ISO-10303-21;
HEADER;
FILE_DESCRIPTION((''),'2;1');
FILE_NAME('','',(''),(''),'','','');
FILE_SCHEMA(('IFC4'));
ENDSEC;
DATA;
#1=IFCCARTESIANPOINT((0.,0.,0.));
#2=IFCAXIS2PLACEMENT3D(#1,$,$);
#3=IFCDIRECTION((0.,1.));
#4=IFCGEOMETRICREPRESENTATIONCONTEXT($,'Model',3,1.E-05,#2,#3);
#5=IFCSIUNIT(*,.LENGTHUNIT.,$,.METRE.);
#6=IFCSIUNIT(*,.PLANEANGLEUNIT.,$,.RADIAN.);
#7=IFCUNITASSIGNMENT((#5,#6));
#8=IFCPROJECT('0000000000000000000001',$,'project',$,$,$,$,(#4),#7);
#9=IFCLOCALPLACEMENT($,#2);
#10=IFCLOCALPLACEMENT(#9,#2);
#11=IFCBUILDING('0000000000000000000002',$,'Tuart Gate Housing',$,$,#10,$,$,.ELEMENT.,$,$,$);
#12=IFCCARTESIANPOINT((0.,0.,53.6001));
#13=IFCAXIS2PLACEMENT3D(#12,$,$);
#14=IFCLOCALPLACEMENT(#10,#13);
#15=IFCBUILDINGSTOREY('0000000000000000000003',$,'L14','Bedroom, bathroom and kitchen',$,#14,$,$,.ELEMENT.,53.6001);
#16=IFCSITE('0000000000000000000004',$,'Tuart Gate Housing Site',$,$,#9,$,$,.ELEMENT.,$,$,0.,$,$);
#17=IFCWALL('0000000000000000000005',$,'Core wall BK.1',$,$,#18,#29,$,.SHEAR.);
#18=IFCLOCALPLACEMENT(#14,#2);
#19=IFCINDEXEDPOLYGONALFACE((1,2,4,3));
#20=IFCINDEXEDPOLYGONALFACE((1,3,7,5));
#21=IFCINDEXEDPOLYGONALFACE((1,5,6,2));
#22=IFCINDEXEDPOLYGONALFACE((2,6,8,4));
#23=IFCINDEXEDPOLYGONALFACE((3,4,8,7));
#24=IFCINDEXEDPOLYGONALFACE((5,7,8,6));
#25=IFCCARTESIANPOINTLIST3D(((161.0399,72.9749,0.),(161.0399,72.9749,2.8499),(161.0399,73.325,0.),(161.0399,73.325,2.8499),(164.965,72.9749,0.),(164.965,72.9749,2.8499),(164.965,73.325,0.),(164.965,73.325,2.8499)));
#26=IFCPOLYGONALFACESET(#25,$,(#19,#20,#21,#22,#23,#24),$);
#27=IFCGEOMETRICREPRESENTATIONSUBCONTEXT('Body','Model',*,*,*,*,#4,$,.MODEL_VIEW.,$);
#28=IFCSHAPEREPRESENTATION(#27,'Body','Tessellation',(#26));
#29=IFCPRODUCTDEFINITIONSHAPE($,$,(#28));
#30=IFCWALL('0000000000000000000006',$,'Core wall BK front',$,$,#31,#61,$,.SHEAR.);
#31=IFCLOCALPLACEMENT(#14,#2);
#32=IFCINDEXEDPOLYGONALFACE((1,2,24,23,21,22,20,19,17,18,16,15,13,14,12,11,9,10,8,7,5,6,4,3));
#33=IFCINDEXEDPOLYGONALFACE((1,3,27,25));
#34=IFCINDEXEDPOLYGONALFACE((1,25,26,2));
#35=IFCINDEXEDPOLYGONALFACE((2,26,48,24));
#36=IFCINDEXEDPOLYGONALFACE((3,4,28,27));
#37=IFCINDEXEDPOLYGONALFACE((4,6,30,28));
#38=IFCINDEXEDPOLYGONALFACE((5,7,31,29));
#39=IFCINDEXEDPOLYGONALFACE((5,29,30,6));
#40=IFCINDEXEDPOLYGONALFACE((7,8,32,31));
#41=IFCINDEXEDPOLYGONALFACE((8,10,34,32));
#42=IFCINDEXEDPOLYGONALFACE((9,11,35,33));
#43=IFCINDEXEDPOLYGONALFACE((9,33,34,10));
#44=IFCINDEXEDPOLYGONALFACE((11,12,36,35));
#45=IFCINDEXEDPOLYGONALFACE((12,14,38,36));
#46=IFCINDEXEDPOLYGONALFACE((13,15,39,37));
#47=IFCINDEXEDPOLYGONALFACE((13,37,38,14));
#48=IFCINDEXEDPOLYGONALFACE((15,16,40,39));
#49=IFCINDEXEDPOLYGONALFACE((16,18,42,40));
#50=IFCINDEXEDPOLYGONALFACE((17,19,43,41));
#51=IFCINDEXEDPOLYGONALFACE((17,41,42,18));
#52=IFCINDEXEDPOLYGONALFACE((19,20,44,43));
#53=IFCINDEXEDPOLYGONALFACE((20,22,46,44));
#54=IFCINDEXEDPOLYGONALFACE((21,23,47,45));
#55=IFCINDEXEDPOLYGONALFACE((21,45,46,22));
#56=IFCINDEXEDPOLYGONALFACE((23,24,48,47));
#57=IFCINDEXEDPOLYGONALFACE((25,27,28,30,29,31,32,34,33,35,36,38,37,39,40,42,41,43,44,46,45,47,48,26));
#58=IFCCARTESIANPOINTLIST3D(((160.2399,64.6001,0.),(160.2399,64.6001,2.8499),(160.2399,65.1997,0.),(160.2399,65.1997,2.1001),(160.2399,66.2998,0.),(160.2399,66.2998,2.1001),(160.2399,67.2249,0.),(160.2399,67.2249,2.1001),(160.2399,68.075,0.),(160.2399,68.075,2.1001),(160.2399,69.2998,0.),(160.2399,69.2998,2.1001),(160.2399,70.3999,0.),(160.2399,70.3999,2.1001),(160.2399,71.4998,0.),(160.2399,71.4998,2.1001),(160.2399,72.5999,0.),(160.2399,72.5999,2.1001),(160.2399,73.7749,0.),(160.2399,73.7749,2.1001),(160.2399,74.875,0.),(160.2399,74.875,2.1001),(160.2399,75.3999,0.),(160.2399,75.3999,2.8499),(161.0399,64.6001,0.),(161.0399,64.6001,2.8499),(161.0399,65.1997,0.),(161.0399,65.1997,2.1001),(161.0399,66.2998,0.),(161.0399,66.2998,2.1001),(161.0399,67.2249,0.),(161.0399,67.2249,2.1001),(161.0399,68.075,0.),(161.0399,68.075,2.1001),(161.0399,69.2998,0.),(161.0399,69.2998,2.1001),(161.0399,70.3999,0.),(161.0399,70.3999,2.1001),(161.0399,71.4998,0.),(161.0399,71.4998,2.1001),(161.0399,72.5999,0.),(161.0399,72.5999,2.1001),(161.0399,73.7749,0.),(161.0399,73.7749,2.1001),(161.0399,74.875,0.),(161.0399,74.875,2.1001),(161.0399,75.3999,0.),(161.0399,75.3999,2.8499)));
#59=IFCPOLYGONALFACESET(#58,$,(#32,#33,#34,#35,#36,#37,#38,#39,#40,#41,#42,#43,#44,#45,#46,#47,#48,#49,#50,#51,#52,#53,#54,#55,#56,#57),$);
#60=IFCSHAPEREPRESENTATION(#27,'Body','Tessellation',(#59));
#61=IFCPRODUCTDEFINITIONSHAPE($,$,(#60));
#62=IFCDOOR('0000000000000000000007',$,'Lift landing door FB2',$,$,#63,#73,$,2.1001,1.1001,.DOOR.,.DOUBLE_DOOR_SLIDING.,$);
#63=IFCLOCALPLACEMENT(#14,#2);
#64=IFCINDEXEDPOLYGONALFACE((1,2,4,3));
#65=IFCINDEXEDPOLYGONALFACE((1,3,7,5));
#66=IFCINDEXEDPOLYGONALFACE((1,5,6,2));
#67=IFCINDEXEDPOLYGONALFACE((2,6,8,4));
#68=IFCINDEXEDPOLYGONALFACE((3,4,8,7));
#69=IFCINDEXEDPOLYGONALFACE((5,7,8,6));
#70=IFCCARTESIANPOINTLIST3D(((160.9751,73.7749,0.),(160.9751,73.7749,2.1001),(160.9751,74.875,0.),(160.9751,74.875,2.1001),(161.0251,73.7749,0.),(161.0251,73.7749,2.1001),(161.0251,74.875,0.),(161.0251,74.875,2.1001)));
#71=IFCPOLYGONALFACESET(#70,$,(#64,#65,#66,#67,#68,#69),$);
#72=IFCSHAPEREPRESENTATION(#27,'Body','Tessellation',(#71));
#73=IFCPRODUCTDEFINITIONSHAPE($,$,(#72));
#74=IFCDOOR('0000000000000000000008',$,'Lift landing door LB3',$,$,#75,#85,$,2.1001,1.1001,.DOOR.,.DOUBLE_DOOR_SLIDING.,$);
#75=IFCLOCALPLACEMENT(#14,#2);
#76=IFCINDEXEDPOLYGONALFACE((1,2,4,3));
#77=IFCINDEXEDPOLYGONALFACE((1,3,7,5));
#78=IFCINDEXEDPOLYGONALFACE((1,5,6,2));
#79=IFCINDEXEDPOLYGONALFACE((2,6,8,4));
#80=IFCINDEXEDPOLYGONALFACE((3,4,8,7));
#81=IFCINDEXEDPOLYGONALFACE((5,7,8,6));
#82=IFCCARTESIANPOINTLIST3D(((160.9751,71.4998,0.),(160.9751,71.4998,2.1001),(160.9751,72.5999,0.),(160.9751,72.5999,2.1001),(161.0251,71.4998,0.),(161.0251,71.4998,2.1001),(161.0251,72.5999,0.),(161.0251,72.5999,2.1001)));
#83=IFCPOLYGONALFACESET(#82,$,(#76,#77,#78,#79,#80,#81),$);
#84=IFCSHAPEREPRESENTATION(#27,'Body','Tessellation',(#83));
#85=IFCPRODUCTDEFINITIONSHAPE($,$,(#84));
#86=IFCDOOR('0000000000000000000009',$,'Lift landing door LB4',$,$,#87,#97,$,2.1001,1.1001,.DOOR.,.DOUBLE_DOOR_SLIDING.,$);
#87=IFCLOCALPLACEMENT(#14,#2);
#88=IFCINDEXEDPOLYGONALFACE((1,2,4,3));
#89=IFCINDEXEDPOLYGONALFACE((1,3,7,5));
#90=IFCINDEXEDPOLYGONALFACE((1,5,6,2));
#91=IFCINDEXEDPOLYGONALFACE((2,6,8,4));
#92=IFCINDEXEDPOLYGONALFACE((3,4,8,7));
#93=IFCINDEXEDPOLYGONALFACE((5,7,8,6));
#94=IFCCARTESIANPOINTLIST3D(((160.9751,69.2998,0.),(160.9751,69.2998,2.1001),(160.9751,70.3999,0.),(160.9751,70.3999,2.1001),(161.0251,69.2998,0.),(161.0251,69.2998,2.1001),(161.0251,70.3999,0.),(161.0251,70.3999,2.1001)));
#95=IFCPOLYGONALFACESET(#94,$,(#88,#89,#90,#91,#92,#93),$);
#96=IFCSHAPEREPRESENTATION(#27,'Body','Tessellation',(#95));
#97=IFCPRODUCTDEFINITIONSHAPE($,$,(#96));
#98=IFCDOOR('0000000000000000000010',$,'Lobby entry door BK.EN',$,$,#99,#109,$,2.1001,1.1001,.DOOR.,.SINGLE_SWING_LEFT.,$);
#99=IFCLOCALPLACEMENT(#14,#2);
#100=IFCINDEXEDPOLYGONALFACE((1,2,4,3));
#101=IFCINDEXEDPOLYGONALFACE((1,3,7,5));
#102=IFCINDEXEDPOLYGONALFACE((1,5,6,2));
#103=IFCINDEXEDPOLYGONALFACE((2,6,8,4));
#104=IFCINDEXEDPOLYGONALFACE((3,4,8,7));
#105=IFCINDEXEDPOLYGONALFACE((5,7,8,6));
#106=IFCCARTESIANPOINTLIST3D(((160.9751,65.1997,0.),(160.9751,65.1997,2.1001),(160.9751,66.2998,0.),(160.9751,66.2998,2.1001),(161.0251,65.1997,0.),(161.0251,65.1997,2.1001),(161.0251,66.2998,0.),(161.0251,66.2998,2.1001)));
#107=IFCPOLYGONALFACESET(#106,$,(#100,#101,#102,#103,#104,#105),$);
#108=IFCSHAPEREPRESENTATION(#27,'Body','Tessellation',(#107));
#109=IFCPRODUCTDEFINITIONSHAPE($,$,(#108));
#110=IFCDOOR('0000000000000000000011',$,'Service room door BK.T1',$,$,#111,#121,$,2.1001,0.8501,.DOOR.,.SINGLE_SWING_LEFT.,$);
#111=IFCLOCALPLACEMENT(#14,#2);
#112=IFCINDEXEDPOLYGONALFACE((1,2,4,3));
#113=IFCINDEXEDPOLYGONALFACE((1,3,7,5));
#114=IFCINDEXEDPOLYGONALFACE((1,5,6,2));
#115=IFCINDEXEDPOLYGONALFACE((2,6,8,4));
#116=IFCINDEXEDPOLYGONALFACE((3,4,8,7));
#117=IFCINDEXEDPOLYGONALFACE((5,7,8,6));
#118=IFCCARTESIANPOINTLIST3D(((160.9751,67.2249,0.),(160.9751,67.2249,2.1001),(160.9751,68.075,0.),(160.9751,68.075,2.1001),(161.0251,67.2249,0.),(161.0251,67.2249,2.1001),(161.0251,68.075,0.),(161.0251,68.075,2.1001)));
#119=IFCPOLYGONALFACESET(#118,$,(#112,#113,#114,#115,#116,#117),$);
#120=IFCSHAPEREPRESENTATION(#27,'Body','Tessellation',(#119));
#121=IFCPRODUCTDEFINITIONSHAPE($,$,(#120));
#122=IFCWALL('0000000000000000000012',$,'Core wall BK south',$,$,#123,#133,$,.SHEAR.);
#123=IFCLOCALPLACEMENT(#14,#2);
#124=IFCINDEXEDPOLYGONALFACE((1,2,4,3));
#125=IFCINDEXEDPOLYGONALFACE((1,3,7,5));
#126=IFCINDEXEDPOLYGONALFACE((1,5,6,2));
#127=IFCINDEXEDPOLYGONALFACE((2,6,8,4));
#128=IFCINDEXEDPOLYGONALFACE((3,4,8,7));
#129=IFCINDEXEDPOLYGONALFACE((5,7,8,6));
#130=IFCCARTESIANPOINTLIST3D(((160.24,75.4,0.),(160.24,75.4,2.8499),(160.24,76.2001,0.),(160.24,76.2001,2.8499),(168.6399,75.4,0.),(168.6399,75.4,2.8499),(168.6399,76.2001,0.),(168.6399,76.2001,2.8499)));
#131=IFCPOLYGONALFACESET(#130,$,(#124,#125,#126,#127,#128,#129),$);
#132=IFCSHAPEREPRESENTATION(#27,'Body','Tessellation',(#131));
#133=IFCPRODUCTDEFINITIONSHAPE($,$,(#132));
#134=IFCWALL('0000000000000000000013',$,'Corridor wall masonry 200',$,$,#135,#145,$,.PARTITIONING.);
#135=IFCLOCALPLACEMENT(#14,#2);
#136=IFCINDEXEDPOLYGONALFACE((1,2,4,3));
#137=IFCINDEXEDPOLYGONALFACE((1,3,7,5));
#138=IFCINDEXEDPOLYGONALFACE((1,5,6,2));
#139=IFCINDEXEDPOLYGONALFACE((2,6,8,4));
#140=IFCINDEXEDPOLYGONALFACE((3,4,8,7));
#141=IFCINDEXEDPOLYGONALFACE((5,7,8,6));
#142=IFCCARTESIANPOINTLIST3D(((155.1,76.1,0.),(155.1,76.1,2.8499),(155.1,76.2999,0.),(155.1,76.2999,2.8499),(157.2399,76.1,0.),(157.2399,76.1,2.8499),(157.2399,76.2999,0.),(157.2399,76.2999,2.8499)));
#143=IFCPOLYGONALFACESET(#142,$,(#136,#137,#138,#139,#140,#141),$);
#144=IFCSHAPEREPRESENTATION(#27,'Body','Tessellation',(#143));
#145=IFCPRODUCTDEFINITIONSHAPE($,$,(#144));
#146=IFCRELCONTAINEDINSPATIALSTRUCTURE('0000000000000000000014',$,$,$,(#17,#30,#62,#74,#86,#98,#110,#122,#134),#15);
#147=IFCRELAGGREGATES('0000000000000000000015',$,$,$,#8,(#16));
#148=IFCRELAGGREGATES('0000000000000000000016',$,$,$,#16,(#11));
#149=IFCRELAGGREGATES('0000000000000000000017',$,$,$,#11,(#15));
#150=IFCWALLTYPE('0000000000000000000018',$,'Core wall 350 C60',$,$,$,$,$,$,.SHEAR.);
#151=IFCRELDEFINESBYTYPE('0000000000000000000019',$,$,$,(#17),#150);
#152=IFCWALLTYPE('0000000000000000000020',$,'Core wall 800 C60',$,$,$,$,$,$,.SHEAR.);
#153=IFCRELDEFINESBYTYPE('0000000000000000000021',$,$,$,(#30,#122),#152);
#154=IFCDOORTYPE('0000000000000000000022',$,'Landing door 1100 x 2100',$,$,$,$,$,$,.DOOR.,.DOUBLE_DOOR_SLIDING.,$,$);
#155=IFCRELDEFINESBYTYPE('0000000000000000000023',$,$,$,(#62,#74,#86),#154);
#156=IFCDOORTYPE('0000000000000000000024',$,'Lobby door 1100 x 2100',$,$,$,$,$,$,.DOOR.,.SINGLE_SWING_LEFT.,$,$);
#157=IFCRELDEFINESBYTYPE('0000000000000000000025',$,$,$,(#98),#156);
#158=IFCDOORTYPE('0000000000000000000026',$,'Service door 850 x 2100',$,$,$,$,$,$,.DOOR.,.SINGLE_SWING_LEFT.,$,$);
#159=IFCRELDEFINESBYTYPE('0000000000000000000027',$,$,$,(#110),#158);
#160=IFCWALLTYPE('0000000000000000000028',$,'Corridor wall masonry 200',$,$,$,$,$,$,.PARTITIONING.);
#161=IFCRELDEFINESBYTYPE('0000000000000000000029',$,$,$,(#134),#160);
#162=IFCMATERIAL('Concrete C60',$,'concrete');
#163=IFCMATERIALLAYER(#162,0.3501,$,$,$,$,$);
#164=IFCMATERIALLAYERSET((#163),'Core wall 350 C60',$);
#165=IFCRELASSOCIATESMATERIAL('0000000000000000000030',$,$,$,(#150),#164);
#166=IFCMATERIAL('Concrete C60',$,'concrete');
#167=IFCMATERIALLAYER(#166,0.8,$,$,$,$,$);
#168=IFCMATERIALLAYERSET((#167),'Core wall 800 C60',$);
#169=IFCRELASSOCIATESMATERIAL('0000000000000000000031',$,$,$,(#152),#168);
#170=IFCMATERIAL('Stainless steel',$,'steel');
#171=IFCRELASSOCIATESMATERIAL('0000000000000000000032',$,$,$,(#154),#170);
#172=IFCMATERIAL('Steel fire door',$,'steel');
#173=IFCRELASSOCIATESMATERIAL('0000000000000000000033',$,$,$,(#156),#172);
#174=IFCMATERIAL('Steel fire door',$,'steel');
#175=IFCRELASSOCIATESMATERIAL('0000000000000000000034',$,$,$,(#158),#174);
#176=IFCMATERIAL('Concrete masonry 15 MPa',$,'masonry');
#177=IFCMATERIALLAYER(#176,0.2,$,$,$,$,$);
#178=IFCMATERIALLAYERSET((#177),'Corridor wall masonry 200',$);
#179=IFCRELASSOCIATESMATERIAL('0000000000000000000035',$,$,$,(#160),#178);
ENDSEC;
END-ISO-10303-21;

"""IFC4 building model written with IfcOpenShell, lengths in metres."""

from ifc_helpers import new_model, si_unit, direction, frame, frame_2d, origin, place, context, subcontext, project, spatial, rectangle, extrude, material, layer, layer_set, type_object, element, fill, save


model = new_model("IFC4")

# Units and contexts
model_context = context("Model", 3, precision=1e-05, world=origin(), true_north=direction((0.0, 1.0)))
body_context = subcontext(model_context, "Body", "Model", "MODEL_VIEW")
ifc_project = project(units=[si_unit("LENGTHUNIT", "METRE"), si_unit("PLANEANGLEUNIT", "RADIAN")], contexts=[model_context])

# Site, building, storey
site_placement = place(None, origin())
site = spatial("IfcSite", under=ifc_project, at=site_placement, Name="Tuart Gate Housing Site", CompositionType="ELEMENT", RefElevation=0.0)
building_placement = place(site_placement, origin())
building = spatial("IfcBuilding", under=site, at=building_placement, Name="Tuart Gate Housing", CompositionType="ELEMENT")
storey_placement = place(building_placement, frame((0.0, 0.0, 53.6001)))
storey = spatial("IfcBuildingStorey", under=building, at=storey_placement, Name="L14", Description="Bedroom, bathroom and kitchen", CompositionType="ELEMENT", Elevation=53.6001)

# Wall
ifc_material_1 = material(Name="Concrete C60", Category="concrete")
ifc_layer_1 = layer(ifc_material_1, 0.3501)
ifc_layer_set_1 = layer_set([ifc_layer_1], Name="Core wall 350 C60")
wall_type_1 = type_object("IfcWallType", Name="Core wall 350 C60", PredefinedType="SHEAR", material=ifc_layer_set_1)
wall_1_placement = place(storey_placement, frame((161.04, 73.1499, 0.0), z_axis=(0.0, 0.0, 1.0), x_axis=(1.0, 0.0, 0.0)))
element("IfcWall", 1, at=wall_1_placement, inside=storey, type_object=wall_type_1, Name="Core wall BK.1", PredefinedType="SHEAR", context=body_context, shape_type="SweptSolid", body=[
    extrude(rectangle(XDim=3.925, YDim=0.3501, at=frame_2d((1.9624, 0.0))), origin(), (0.0, 0.0, 1.0), 2.8499),
])

# Wall, openings, doors
ifc_material_2 = material(Name="Concrete C60", Category="concrete")
ifc_layer_2 = layer(ifc_material_2, 0.8)
ifc_layer_set_2 = layer_set([ifc_layer_2], Name="Core wall 800 C60")
wall_type_2 = type_object("IfcWallType", Name="Core wall 800 C60", PredefinedType="SHEAR", material=ifc_layer_set_2)
wall_2_placement = place(storey_placement, frame((160.6399, 75.3999, 0.0), z_axis=(0.0, 0.0, 1.0), x_axis=(0.0, -1.0, 0.0)))
wall_2 = element("IfcWall", 2, at=wall_2_placement, inside=storey, type_object=wall_type_2, Name="Core wall BK front", PredefinedType="SHEAR", context=body_context, shape_type="SweptSolid", body=[
    extrude(rectangle(XDim=10.7998, YDim=0.8, at=frame_2d((5.3999, 0.0))), origin(), (0.0, 0.0, 1.0), 2.8499),
])
opening_1_placement = place(wall_2_placement, frame((0.5249, 0.0, 0.0)))
opening_1 = element("IfcOpeningElement", 3, at=opening_1_placement, cuts=wall_2, PredefinedType="OPENING", context=body_context, shape_type="SweptSolid", body=[
    extrude(rectangle(XDim=1.1001, YDim=2.1001, at=frame_2d((0.55, 1.05))), frame((0.0, 0.4099, 0.0), z_axis=(0.0, -1.0, 0.0), x_axis=(1.0, 0.0, 0.0)), (0.0, 0.0, 1.0), 0.8201),
])
opening_2_placement = place(wall_2_placement, frame((2.8, 0.0, 0.0)))
opening_2 = element("IfcOpeningElement", 4, at=opening_2_placement, cuts=wall_2, PredefinedType="OPENING", context=body_context, shape_type="SweptSolid", body=[
    extrude(rectangle(XDim=1.1001, YDim=2.1001, at=frame_2d((0.55, 1.05))), frame((0.0, 0.4099, 0.0), z_axis=(0.0, -1.0, 0.0), x_axis=(1.0, 0.0, 0.0)), (0.0, 0.0, 1.0), 0.8201),
])
opening_3_placement = place(wall_2_placement, frame((5.0, 0.0, 0.0)))
opening_3 = element("IfcOpeningElement", 5, at=opening_3_placement, cuts=wall_2, PredefinedType="OPENING", context=body_context, shape_type="SweptSolid", body=[
    extrude(rectangle(XDim=1.1001, YDim=2.1001, at=frame_2d((0.55, 1.05))), frame((0.0, 0.4099, 0.0), z_axis=(0.0, -1.0, 0.0), x_axis=(1.0, 0.0, 0.0)), (0.0, 0.0, 1.0), 0.8201),
])
opening_4_placement = place(wall_2_placement, frame((9.1001, 0.0, 0.0)))
opening_4 = element("IfcOpeningElement", 6, at=opening_4_placement, cuts=wall_2, PredefinedType="OPENING", context=body_context, shape_type="SweptSolid", body=[
    extrude(rectangle(XDim=1.1001, YDim=2.1001, at=frame_2d((0.55, 1.05))), frame((0.0, 0.4099, 0.0), z_axis=(0.0, -1.0, 0.0), x_axis=(1.0, 0.0, 0.0)), (0.0, 0.0, 1.0), 0.8201),
])
opening_5_placement = place(wall_2_placement, frame((7.325, 0.0, 0.0)))
opening_5 = element("IfcOpeningElement", 7, at=opening_5_placement, cuts=wall_2, PredefinedType="OPENING", context=body_context, shape_type="SweptSolid", body=[
    extrude(rectangle(XDim=0.8501, YDim=2.1001, at=frame_2d((0.425, 1.05))), frame((0.0, 0.4099, 0.0), z_axis=(0.0, -1.0, 0.0), x_axis=(1.0, 0.0, 0.0)), (0.0, 0.0, 1.0), 0.8201),
])
ifc_material_3 = material(Name="Stainless steel", Category="steel")
door_type_1 = type_object("IfcDoorType", Name="Landing door 1100 x 2100", OperationType="DOUBLE_DOOR_SLIDING", PredefinedType="DOOR", material=ifc_material_3)
door_1_placement = place(opening_1_placement, origin())
door_1 = element("IfcDoor", 8, at=door_1_placement, inside=storey, type_object=door_type_1, Name="Lift landing door FB2", OperationType="DOUBLE_DOOR_SLIDING", OverallHeight=2.1001, OverallWidth=1.1001, PredefinedType="DOOR", context=body_context, shape_type="SweptSolid", body=[
    extrude(rectangle(XDim=1.1001, YDim=2.1001, at=frame_2d((0.55, 1.05))), frame((0.0, 0.3853, 0.0), z_axis=(0.0, -1.0, 0.0), x_axis=(1.0, 0.0, 0.0)), (0.0, 0.0, 1.0), 0.05),
])
fill(opening_1, door_1)
door_2_placement = place(opening_2_placement, origin())
door_2 = element("IfcDoor", 9, at=door_2_placement, inside=storey, type_object=door_type_1, Name="Lift landing door LB3", OperationType="DOUBLE_DOOR_SLIDING", OverallHeight=2.1001, OverallWidth=1.1001, PredefinedType="DOOR", context=body_context, shape_type="SweptSolid", body=[
    extrude(rectangle(XDim=1.1001, YDim=2.1001, at=frame_2d((0.55, 1.05))), frame((0.0, 0.3853, 0.0), z_axis=(0.0, -1.0, 0.0), x_axis=(1.0, 0.0, 0.0)), (0.0, 0.0, 1.0), 0.05),
])
fill(opening_2, door_2)
door_3_placement = place(opening_3_placement, origin())
door_3 = element("IfcDoor", 10, at=door_3_placement, inside=storey, type_object=door_type_1, Name="Lift landing door LB4", OperationType="DOUBLE_DOOR_SLIDING", OverallHeight=2.1001, OverallWidth=1.1001, PredefinedType="DOOR", context=body_context, shape_type="SweptSolid", body=[
    extrude(rectangle(XDim=1.1001, YDim=2.1001, at=frame_2d((0.55, 1.05))), frame((0.0, 0.3853, 0.0), z_axis=(0.0, -1.0, 0.0), x_axis=(1.0, 0.0, 0.0)), (0.0, 0.0, 1.0), 0.05),
])
fill(opening_3, door_3)
ifc_material_4 = material(Name="Steel fire door", Category="steel")
door_type_2 = type_object("IfcDoorType", Name="Lobby door 1100 x 2100", OperationType="SINGLE_SWING_LEFT", PredefinedType="DOOR", material=ifc_material_4)
door_4_placement = place(opening_4_placement, origin())
door_4 = element("IfcDoor", 11, at=door_4_placement, inside=storey, type_object=door_type_2, Name="Lobby entry door BK.EN", OperationType="SINGLE_SWING_LEFT", OverallHeight=2.1001, OverallWidth=1.1001, PredefinedType="DOOR", context=body_context, shape_type="SweptSolid", body=[
    extrude(rectangle(XDim=1.1001, YDim=2.1001, at=frame_2d((0.55, 1.05))), frame((0.0, 0.3853, 0.0), z_axis=(0.0, -1.0, 0.0), x_axis=(1.0, 0.0, 0.0)), (0.0, 0.0, 1.0), 0.05),
])
fill(opening_4, door_4)
ifc_material_5 = material(Name="Steel fire door", Category="steel")
door_type_3 = type_object("IfcDoorType", Name="Service door 850 x 2100", OperationType="SINGLE_SWING_LEFT", PredefinedType="DOOR", material=ifc_material_5)
door_5_placement = place(opening_5_placement, origin())
door_5 = element("IfcDoor", 12, at=door_5_placement, inside=storey, type_object=door_type_3, Name="Service room door BK.T1", OperationType="SINGLE_SWING_LEFT", OverallHeight=2.1001, OverallWidth=0.8501, PredefinedType="DOOR", context=body_context, shape_type="SweptSolid", body=[
    extrude(rectangle(XDim=0.8501, YDim=2.1001, at=frame_2d((0.425, 1.05))), frame((0.0, 0.3853, 0.0), z_axis=(0.0, -1.0, 0.0), x_axis=(1.0, 0.0, 0.0)), (0.0, 0.0, 1.0), 0.05),
])
fill(opening_5, door_5)

# Walls
wall_3_placement = place(storey_placement, frame((160.24, 75.8, 0.0), z_axis=(0.0, 0.0, 1.0), x_axis=(1.0, 0.0, 0.0)))
element("IfcWall", 13, at=wall_3_placement, inside=storey, type_object=wall_type_2, Name="Core wall BK south", PredefinedType="SHEAR", context=body_context, shape_type="SweptSolid", body=[
    extrude(rectangle(XDim=8.3999, YDim=0.8, at=frame_2d((4.2, 0.0))), origin(), (0.0, 0.0, 1.0), 2.8499),
])
ifc_material_6 = material(Name="Concrete masonry 15 MPa", Category="masonry")
ifc_layer_3 = layer(ifc_material_6, 0.2)
ifc_layer_set_3 = layer_set([ifc_layer_3], Name="Corridor wall masonry 200")
wall_type_3 = type_object("IfcWallType", Name="Corridor wall masonry 200", PredefinedType="PARTITIONING", material=ifc_layer_set_3)
wall_4_placement = place(storey_placement, frame((155.1001, 76.2, 0.0), z_axis=(0.0, 0.0, 1.0), x_axis=(1.0, 0.0, 0.0)))
element("IfcWall", 14, at=wall_4_placement, inside=storey, type_object=wall_type_3, Name="Corridor wall masonry 200", PredefinedType="PARTITIONING", context=body_context, shape_type="SweptSolid", body=[
    extrude(rectangle(XDim=2.1399, YDim=0.2, at=frame_2d((1.0698, 0.0))), origin(), (0.0, 0.0, 1.0), 2.8499),
])

save(model, "model.ifc")
